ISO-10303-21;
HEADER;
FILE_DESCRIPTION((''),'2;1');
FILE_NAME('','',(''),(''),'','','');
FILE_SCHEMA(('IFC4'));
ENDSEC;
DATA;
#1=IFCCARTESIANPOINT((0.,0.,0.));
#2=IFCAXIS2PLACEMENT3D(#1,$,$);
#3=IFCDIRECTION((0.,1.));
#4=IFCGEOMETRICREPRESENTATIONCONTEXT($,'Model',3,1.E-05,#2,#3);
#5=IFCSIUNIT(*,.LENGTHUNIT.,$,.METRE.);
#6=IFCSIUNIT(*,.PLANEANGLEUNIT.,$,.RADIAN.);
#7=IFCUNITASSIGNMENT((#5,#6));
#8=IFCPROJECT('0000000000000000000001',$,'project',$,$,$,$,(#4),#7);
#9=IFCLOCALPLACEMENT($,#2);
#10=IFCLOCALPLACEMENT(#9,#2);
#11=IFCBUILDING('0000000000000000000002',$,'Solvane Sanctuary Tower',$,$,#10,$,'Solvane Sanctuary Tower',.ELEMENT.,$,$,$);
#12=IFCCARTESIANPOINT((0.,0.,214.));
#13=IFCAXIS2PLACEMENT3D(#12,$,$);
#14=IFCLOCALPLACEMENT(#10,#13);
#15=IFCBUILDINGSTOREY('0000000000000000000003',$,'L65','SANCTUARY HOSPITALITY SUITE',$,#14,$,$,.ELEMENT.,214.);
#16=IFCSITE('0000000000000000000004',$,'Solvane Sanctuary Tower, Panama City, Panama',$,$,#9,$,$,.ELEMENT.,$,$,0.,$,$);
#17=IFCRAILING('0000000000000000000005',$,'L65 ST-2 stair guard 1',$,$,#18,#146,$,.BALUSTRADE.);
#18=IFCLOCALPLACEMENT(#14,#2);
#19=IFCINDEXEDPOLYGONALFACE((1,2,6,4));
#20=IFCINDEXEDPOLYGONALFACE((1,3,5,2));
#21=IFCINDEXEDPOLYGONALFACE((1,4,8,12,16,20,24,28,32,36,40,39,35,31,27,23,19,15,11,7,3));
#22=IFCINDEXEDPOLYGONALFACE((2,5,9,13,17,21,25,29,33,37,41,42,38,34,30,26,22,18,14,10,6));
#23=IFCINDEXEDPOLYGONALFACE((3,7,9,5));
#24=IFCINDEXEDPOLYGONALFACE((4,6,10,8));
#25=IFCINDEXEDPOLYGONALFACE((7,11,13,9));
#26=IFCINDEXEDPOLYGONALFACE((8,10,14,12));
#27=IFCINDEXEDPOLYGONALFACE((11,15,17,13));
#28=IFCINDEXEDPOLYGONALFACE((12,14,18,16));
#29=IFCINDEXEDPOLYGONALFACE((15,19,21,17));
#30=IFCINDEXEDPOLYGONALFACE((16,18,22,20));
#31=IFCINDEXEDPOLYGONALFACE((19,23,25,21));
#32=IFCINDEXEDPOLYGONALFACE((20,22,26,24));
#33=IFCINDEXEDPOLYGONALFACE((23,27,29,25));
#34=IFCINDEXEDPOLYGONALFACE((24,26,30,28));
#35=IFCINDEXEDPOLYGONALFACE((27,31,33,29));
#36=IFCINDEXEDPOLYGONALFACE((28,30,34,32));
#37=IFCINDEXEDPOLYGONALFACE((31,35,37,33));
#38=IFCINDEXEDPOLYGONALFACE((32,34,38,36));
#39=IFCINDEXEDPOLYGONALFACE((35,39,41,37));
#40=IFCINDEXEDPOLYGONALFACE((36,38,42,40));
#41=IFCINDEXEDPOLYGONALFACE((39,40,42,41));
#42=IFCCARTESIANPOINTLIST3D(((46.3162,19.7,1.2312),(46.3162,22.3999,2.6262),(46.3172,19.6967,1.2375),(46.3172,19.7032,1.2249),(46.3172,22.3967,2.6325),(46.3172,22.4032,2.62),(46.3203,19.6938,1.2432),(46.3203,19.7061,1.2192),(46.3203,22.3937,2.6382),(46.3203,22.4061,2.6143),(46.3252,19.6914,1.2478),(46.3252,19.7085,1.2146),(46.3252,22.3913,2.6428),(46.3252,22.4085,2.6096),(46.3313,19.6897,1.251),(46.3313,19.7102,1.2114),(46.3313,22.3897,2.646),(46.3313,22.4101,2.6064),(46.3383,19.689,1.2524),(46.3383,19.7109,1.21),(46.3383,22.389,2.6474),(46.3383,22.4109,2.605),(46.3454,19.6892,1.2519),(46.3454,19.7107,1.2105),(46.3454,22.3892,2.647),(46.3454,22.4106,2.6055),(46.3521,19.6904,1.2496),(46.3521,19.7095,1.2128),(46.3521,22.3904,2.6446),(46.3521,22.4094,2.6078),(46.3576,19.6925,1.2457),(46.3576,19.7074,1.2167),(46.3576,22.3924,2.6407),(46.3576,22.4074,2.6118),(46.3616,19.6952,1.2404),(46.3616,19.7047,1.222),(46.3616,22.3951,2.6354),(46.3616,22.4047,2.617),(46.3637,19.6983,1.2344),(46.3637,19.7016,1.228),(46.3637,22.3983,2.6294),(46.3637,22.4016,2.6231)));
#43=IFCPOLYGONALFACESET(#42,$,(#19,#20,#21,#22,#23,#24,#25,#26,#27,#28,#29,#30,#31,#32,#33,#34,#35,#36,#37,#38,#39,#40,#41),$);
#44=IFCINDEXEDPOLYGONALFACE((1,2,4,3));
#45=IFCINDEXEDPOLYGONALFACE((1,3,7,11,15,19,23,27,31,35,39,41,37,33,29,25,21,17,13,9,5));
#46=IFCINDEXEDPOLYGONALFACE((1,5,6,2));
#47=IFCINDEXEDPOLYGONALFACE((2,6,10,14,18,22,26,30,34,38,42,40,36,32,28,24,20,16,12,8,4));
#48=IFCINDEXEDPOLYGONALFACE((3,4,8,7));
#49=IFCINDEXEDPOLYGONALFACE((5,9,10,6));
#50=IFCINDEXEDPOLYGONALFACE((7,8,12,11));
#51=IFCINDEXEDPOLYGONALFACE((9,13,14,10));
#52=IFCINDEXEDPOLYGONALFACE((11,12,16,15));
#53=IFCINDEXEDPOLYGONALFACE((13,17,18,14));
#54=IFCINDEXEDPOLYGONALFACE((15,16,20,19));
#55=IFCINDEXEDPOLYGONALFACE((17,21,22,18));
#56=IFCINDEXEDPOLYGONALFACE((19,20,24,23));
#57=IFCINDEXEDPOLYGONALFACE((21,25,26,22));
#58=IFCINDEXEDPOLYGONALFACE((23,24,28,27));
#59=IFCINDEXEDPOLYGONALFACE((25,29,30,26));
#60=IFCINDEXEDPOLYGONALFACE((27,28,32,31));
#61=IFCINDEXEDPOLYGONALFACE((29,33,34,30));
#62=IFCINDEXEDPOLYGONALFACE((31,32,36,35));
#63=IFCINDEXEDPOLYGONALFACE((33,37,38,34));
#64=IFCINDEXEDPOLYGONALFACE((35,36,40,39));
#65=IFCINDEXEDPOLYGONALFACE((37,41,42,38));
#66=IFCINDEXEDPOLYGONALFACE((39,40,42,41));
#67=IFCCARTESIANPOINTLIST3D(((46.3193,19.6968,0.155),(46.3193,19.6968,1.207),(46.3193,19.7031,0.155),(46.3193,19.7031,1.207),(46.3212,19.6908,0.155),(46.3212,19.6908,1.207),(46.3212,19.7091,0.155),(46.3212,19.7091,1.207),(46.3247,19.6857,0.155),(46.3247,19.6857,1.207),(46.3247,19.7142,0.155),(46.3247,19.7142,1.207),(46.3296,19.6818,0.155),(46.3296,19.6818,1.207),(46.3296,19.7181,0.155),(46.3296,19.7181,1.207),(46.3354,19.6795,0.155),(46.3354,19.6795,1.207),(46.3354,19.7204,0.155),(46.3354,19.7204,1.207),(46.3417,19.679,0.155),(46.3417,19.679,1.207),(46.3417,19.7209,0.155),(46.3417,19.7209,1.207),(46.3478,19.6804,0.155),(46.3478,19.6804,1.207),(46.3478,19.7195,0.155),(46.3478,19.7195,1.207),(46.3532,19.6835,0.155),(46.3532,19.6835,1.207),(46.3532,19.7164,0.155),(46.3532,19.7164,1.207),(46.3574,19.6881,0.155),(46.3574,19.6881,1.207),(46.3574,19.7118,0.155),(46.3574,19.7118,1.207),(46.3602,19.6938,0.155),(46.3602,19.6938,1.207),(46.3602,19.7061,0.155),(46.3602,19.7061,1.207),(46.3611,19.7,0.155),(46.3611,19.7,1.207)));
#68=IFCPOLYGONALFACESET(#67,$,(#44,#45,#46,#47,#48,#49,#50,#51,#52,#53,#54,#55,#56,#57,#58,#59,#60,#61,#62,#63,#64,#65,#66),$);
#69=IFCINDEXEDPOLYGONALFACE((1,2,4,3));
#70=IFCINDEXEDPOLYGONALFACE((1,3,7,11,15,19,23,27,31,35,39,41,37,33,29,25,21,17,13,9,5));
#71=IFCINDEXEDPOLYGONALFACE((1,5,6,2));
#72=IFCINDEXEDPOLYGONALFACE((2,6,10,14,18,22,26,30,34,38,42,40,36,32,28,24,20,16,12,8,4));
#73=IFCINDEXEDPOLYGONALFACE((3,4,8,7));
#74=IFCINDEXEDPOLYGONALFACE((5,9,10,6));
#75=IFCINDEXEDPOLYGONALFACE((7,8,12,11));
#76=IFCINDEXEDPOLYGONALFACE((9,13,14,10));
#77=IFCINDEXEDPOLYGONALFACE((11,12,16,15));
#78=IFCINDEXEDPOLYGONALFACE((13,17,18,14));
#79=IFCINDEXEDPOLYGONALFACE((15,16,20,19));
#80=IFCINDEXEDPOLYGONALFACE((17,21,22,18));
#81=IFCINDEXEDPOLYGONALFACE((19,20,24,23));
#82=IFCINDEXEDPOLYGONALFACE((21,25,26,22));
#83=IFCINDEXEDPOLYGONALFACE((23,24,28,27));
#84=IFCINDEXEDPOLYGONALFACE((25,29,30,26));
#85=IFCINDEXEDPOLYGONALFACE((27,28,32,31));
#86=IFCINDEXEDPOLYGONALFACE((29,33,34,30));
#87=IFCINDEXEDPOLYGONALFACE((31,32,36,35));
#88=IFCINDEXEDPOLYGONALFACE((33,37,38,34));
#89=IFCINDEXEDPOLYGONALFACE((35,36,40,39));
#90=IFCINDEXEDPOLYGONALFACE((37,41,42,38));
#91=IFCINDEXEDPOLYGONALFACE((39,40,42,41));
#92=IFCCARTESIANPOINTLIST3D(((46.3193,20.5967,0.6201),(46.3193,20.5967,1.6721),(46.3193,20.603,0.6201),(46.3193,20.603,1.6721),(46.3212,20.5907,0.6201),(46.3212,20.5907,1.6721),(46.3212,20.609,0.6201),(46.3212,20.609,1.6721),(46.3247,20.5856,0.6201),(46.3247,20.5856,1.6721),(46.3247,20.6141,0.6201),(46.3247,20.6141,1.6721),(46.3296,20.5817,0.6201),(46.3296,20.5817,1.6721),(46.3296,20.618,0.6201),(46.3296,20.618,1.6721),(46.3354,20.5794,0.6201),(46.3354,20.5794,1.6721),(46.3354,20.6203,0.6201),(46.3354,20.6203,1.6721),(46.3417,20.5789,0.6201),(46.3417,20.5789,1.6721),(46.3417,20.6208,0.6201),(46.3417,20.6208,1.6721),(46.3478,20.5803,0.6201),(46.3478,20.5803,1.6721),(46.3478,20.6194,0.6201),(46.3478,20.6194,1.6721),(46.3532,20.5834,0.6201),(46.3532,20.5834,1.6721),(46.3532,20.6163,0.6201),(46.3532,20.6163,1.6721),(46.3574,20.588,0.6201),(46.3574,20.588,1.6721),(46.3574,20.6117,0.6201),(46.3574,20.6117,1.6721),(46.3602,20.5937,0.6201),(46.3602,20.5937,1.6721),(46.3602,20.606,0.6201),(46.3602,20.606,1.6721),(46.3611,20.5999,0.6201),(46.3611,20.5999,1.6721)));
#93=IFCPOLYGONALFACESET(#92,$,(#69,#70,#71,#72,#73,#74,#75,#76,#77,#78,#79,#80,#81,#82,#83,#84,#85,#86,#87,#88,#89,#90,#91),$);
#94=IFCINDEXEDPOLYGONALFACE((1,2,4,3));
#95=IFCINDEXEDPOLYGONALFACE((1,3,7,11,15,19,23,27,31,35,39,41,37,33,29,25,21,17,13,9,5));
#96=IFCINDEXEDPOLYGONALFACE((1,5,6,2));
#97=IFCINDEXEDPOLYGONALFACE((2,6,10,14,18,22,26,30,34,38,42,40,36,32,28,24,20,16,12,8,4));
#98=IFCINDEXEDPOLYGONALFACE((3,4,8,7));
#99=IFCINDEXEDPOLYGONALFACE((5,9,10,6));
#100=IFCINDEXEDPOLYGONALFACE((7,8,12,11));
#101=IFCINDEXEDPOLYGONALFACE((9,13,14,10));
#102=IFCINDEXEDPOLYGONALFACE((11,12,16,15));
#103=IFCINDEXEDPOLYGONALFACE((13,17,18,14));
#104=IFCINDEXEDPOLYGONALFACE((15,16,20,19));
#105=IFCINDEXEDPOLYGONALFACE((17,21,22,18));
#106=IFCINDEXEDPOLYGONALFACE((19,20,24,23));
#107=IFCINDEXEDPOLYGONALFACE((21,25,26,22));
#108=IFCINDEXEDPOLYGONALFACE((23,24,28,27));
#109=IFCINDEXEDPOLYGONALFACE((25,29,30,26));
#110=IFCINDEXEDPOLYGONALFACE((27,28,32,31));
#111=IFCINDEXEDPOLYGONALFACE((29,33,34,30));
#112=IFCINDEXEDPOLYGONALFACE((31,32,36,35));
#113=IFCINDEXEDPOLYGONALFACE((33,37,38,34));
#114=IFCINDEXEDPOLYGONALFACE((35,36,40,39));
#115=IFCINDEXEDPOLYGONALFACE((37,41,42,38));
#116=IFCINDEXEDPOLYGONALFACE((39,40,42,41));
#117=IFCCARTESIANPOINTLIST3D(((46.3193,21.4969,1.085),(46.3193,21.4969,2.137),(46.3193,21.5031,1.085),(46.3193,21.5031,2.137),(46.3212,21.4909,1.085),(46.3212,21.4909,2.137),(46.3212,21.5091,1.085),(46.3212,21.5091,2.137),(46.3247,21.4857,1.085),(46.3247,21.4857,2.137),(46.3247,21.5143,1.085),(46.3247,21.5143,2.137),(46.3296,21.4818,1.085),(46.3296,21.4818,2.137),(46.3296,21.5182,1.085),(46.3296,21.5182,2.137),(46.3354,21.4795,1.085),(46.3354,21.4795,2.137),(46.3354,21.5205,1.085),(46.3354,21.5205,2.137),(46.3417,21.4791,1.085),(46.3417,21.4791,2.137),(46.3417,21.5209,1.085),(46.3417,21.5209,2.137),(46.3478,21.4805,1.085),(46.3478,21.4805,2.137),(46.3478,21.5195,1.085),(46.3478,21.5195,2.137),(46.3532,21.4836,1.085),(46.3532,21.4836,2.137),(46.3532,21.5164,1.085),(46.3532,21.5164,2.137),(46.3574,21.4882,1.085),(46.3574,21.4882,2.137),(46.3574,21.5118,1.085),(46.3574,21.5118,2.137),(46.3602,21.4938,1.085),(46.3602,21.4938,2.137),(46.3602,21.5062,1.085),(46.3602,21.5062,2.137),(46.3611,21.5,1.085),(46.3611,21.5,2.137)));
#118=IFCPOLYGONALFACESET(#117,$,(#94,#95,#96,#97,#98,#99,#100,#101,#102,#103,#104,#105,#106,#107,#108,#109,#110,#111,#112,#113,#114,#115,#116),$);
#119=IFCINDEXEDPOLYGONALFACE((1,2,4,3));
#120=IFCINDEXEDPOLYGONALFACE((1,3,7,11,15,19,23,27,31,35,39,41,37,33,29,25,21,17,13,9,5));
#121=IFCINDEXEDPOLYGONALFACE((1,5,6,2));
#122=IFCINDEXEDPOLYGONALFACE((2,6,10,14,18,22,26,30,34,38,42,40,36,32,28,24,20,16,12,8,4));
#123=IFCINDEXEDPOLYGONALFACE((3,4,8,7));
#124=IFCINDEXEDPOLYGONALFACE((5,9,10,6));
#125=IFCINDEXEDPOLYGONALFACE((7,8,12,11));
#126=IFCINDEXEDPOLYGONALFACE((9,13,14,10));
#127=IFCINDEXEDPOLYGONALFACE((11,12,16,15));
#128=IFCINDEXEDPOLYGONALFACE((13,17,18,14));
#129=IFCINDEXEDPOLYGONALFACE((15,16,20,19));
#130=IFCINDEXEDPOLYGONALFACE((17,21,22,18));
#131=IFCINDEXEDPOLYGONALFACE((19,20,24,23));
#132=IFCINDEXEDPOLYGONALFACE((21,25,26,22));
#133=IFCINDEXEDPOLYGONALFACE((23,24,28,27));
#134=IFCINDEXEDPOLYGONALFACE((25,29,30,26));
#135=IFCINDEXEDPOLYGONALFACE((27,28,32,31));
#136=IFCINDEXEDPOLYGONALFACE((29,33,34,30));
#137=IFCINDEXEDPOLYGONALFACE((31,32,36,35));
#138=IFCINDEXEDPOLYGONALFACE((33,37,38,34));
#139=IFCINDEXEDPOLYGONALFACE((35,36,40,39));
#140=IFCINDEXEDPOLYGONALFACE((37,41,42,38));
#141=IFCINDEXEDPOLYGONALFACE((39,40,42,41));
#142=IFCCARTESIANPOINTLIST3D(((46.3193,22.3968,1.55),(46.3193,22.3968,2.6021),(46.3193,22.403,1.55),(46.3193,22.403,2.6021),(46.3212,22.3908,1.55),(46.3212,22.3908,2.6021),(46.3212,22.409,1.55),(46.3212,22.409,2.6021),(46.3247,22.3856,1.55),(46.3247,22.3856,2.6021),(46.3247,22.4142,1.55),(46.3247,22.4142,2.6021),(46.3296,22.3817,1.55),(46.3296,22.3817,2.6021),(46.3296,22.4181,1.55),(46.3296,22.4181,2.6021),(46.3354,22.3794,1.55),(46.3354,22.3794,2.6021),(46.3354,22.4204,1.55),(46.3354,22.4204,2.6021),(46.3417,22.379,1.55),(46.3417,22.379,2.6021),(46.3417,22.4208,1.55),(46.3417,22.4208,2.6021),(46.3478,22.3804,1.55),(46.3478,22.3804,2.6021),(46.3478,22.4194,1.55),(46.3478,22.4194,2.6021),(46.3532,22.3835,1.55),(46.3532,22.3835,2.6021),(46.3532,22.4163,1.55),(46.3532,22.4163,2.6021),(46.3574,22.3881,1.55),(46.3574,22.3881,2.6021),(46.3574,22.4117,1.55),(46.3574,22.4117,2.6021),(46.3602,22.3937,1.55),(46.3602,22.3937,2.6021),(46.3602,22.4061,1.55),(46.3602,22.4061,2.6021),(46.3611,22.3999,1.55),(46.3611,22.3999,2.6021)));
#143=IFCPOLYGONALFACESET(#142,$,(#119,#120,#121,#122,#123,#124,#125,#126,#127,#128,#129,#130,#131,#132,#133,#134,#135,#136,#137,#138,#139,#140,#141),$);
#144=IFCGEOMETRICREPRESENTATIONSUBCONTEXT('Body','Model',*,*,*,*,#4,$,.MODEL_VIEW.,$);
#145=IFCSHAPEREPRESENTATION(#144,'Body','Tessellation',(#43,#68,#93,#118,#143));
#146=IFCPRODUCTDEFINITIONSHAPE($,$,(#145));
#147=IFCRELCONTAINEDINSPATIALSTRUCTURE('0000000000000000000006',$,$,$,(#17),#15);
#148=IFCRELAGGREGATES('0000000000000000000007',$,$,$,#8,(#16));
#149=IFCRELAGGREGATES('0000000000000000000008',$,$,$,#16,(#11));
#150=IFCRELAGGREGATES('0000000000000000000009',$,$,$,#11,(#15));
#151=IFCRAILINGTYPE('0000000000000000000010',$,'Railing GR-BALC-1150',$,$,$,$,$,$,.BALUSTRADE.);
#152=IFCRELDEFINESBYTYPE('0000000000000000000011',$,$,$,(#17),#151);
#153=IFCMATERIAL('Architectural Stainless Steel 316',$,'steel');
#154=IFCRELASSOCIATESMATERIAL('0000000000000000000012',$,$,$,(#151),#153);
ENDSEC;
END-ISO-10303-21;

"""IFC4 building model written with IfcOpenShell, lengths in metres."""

from ifc_helpers import new_model, si_unit, direction, frame, origin, origin_2d, place, context, subcontext, project, spatial, circle, extrude, material, type_object, element, save


model = new_model("IFC4")

# Units and contexts
model_context = context("Model", 3, precision=1e-05, world=origin(), true_north=direction((0.0, 1.0)))
body_context = subcontext(model_context, "Body", "Model", "MODEL_VIEW")
ifc_project = project(units=[si_unit("LENGTHUNIT", "METRE"), si_unit("PLANEANGLEUNIT", "RADIAN")], contexts=[model_context])

# Site, building, storey
site_placement = place(None, origin())
site = spatial("IfcSite", under=ifc_project, at=site_placement, Name="Solvane Sanctuary Tower, Panama City, Panama", CompositionType="ELEMENT", RefElevation=0.0)
building_placement = place(site_placement, origin())
building = spatial("IfcBuilding", under=site, at=building_placement, Name="Solvane Sanctuary Tower", LongName="Solvane Sanctuary Tower", CompositionType="ELEMENT")
storey_placement = place(building_placement, frame((0.0, 0.0, 214.0)))
storey = spatial("IfcBuildingStorey", under=building, at=storey_placement, Name="L65", Description="SANCTUARY HOSPITALITY SUITE", CompositionType="ELEMENT", Elevation=214.0)

# Shared definitions
ifc_material_1 = material(Name="Architectural Stainless Steel 316", Category="steel")

# Railing
railing_type_1 = type_object("IfcRailingType", Name="Railing GR-BALC-1150", PredefinedType="BALUSTRADE", material=ifc_material_1)
railing_1_placement = place(storey_placement, frame((46.3401, 19.7, 0.155)))
element("IfcRailing", 1, at=railing_1_placement, inside=storey, type_object=railing_type_1, Name="L65 ST-2 stair guard 1", PredefinedType="BALUSTRADE", context=body_context, shape_type="SweptSolid", body=[
    extrude(circle(Radius=0.0239, at=origin_2d()), frame((0.0, 0.0, 1.0762), z_axis=(0.0, 0.88842, 0.459032), x_axis=(-1.0, 0.0, 0.0)), (0.0, 0.0, 1.0), 3.0391),
    extrude(circle(Radius=0.021, at=origin_2d()), origin(), (0.0, 0.0, 1.0), 1.052),
    extrude(circle(Radius=0.021, at=origin_2d()), frame((0.0, 0.8999, 0.4651)), (0.0, 0.0, 1.0), 1.052),
    extrude(circle(Radius=0.021, at=origin_2d()), frame((0.0, 1.8, 0.9299)), (0.0, 0.0, 1.0), 1.052),
    extrude(circle(Radius=0.021, at=origin_2d()), frame((0.0, 2.7, 1.395)), (0.0, 0.0, 1.0), 1.052),
])

save(model, "model.ifc")
